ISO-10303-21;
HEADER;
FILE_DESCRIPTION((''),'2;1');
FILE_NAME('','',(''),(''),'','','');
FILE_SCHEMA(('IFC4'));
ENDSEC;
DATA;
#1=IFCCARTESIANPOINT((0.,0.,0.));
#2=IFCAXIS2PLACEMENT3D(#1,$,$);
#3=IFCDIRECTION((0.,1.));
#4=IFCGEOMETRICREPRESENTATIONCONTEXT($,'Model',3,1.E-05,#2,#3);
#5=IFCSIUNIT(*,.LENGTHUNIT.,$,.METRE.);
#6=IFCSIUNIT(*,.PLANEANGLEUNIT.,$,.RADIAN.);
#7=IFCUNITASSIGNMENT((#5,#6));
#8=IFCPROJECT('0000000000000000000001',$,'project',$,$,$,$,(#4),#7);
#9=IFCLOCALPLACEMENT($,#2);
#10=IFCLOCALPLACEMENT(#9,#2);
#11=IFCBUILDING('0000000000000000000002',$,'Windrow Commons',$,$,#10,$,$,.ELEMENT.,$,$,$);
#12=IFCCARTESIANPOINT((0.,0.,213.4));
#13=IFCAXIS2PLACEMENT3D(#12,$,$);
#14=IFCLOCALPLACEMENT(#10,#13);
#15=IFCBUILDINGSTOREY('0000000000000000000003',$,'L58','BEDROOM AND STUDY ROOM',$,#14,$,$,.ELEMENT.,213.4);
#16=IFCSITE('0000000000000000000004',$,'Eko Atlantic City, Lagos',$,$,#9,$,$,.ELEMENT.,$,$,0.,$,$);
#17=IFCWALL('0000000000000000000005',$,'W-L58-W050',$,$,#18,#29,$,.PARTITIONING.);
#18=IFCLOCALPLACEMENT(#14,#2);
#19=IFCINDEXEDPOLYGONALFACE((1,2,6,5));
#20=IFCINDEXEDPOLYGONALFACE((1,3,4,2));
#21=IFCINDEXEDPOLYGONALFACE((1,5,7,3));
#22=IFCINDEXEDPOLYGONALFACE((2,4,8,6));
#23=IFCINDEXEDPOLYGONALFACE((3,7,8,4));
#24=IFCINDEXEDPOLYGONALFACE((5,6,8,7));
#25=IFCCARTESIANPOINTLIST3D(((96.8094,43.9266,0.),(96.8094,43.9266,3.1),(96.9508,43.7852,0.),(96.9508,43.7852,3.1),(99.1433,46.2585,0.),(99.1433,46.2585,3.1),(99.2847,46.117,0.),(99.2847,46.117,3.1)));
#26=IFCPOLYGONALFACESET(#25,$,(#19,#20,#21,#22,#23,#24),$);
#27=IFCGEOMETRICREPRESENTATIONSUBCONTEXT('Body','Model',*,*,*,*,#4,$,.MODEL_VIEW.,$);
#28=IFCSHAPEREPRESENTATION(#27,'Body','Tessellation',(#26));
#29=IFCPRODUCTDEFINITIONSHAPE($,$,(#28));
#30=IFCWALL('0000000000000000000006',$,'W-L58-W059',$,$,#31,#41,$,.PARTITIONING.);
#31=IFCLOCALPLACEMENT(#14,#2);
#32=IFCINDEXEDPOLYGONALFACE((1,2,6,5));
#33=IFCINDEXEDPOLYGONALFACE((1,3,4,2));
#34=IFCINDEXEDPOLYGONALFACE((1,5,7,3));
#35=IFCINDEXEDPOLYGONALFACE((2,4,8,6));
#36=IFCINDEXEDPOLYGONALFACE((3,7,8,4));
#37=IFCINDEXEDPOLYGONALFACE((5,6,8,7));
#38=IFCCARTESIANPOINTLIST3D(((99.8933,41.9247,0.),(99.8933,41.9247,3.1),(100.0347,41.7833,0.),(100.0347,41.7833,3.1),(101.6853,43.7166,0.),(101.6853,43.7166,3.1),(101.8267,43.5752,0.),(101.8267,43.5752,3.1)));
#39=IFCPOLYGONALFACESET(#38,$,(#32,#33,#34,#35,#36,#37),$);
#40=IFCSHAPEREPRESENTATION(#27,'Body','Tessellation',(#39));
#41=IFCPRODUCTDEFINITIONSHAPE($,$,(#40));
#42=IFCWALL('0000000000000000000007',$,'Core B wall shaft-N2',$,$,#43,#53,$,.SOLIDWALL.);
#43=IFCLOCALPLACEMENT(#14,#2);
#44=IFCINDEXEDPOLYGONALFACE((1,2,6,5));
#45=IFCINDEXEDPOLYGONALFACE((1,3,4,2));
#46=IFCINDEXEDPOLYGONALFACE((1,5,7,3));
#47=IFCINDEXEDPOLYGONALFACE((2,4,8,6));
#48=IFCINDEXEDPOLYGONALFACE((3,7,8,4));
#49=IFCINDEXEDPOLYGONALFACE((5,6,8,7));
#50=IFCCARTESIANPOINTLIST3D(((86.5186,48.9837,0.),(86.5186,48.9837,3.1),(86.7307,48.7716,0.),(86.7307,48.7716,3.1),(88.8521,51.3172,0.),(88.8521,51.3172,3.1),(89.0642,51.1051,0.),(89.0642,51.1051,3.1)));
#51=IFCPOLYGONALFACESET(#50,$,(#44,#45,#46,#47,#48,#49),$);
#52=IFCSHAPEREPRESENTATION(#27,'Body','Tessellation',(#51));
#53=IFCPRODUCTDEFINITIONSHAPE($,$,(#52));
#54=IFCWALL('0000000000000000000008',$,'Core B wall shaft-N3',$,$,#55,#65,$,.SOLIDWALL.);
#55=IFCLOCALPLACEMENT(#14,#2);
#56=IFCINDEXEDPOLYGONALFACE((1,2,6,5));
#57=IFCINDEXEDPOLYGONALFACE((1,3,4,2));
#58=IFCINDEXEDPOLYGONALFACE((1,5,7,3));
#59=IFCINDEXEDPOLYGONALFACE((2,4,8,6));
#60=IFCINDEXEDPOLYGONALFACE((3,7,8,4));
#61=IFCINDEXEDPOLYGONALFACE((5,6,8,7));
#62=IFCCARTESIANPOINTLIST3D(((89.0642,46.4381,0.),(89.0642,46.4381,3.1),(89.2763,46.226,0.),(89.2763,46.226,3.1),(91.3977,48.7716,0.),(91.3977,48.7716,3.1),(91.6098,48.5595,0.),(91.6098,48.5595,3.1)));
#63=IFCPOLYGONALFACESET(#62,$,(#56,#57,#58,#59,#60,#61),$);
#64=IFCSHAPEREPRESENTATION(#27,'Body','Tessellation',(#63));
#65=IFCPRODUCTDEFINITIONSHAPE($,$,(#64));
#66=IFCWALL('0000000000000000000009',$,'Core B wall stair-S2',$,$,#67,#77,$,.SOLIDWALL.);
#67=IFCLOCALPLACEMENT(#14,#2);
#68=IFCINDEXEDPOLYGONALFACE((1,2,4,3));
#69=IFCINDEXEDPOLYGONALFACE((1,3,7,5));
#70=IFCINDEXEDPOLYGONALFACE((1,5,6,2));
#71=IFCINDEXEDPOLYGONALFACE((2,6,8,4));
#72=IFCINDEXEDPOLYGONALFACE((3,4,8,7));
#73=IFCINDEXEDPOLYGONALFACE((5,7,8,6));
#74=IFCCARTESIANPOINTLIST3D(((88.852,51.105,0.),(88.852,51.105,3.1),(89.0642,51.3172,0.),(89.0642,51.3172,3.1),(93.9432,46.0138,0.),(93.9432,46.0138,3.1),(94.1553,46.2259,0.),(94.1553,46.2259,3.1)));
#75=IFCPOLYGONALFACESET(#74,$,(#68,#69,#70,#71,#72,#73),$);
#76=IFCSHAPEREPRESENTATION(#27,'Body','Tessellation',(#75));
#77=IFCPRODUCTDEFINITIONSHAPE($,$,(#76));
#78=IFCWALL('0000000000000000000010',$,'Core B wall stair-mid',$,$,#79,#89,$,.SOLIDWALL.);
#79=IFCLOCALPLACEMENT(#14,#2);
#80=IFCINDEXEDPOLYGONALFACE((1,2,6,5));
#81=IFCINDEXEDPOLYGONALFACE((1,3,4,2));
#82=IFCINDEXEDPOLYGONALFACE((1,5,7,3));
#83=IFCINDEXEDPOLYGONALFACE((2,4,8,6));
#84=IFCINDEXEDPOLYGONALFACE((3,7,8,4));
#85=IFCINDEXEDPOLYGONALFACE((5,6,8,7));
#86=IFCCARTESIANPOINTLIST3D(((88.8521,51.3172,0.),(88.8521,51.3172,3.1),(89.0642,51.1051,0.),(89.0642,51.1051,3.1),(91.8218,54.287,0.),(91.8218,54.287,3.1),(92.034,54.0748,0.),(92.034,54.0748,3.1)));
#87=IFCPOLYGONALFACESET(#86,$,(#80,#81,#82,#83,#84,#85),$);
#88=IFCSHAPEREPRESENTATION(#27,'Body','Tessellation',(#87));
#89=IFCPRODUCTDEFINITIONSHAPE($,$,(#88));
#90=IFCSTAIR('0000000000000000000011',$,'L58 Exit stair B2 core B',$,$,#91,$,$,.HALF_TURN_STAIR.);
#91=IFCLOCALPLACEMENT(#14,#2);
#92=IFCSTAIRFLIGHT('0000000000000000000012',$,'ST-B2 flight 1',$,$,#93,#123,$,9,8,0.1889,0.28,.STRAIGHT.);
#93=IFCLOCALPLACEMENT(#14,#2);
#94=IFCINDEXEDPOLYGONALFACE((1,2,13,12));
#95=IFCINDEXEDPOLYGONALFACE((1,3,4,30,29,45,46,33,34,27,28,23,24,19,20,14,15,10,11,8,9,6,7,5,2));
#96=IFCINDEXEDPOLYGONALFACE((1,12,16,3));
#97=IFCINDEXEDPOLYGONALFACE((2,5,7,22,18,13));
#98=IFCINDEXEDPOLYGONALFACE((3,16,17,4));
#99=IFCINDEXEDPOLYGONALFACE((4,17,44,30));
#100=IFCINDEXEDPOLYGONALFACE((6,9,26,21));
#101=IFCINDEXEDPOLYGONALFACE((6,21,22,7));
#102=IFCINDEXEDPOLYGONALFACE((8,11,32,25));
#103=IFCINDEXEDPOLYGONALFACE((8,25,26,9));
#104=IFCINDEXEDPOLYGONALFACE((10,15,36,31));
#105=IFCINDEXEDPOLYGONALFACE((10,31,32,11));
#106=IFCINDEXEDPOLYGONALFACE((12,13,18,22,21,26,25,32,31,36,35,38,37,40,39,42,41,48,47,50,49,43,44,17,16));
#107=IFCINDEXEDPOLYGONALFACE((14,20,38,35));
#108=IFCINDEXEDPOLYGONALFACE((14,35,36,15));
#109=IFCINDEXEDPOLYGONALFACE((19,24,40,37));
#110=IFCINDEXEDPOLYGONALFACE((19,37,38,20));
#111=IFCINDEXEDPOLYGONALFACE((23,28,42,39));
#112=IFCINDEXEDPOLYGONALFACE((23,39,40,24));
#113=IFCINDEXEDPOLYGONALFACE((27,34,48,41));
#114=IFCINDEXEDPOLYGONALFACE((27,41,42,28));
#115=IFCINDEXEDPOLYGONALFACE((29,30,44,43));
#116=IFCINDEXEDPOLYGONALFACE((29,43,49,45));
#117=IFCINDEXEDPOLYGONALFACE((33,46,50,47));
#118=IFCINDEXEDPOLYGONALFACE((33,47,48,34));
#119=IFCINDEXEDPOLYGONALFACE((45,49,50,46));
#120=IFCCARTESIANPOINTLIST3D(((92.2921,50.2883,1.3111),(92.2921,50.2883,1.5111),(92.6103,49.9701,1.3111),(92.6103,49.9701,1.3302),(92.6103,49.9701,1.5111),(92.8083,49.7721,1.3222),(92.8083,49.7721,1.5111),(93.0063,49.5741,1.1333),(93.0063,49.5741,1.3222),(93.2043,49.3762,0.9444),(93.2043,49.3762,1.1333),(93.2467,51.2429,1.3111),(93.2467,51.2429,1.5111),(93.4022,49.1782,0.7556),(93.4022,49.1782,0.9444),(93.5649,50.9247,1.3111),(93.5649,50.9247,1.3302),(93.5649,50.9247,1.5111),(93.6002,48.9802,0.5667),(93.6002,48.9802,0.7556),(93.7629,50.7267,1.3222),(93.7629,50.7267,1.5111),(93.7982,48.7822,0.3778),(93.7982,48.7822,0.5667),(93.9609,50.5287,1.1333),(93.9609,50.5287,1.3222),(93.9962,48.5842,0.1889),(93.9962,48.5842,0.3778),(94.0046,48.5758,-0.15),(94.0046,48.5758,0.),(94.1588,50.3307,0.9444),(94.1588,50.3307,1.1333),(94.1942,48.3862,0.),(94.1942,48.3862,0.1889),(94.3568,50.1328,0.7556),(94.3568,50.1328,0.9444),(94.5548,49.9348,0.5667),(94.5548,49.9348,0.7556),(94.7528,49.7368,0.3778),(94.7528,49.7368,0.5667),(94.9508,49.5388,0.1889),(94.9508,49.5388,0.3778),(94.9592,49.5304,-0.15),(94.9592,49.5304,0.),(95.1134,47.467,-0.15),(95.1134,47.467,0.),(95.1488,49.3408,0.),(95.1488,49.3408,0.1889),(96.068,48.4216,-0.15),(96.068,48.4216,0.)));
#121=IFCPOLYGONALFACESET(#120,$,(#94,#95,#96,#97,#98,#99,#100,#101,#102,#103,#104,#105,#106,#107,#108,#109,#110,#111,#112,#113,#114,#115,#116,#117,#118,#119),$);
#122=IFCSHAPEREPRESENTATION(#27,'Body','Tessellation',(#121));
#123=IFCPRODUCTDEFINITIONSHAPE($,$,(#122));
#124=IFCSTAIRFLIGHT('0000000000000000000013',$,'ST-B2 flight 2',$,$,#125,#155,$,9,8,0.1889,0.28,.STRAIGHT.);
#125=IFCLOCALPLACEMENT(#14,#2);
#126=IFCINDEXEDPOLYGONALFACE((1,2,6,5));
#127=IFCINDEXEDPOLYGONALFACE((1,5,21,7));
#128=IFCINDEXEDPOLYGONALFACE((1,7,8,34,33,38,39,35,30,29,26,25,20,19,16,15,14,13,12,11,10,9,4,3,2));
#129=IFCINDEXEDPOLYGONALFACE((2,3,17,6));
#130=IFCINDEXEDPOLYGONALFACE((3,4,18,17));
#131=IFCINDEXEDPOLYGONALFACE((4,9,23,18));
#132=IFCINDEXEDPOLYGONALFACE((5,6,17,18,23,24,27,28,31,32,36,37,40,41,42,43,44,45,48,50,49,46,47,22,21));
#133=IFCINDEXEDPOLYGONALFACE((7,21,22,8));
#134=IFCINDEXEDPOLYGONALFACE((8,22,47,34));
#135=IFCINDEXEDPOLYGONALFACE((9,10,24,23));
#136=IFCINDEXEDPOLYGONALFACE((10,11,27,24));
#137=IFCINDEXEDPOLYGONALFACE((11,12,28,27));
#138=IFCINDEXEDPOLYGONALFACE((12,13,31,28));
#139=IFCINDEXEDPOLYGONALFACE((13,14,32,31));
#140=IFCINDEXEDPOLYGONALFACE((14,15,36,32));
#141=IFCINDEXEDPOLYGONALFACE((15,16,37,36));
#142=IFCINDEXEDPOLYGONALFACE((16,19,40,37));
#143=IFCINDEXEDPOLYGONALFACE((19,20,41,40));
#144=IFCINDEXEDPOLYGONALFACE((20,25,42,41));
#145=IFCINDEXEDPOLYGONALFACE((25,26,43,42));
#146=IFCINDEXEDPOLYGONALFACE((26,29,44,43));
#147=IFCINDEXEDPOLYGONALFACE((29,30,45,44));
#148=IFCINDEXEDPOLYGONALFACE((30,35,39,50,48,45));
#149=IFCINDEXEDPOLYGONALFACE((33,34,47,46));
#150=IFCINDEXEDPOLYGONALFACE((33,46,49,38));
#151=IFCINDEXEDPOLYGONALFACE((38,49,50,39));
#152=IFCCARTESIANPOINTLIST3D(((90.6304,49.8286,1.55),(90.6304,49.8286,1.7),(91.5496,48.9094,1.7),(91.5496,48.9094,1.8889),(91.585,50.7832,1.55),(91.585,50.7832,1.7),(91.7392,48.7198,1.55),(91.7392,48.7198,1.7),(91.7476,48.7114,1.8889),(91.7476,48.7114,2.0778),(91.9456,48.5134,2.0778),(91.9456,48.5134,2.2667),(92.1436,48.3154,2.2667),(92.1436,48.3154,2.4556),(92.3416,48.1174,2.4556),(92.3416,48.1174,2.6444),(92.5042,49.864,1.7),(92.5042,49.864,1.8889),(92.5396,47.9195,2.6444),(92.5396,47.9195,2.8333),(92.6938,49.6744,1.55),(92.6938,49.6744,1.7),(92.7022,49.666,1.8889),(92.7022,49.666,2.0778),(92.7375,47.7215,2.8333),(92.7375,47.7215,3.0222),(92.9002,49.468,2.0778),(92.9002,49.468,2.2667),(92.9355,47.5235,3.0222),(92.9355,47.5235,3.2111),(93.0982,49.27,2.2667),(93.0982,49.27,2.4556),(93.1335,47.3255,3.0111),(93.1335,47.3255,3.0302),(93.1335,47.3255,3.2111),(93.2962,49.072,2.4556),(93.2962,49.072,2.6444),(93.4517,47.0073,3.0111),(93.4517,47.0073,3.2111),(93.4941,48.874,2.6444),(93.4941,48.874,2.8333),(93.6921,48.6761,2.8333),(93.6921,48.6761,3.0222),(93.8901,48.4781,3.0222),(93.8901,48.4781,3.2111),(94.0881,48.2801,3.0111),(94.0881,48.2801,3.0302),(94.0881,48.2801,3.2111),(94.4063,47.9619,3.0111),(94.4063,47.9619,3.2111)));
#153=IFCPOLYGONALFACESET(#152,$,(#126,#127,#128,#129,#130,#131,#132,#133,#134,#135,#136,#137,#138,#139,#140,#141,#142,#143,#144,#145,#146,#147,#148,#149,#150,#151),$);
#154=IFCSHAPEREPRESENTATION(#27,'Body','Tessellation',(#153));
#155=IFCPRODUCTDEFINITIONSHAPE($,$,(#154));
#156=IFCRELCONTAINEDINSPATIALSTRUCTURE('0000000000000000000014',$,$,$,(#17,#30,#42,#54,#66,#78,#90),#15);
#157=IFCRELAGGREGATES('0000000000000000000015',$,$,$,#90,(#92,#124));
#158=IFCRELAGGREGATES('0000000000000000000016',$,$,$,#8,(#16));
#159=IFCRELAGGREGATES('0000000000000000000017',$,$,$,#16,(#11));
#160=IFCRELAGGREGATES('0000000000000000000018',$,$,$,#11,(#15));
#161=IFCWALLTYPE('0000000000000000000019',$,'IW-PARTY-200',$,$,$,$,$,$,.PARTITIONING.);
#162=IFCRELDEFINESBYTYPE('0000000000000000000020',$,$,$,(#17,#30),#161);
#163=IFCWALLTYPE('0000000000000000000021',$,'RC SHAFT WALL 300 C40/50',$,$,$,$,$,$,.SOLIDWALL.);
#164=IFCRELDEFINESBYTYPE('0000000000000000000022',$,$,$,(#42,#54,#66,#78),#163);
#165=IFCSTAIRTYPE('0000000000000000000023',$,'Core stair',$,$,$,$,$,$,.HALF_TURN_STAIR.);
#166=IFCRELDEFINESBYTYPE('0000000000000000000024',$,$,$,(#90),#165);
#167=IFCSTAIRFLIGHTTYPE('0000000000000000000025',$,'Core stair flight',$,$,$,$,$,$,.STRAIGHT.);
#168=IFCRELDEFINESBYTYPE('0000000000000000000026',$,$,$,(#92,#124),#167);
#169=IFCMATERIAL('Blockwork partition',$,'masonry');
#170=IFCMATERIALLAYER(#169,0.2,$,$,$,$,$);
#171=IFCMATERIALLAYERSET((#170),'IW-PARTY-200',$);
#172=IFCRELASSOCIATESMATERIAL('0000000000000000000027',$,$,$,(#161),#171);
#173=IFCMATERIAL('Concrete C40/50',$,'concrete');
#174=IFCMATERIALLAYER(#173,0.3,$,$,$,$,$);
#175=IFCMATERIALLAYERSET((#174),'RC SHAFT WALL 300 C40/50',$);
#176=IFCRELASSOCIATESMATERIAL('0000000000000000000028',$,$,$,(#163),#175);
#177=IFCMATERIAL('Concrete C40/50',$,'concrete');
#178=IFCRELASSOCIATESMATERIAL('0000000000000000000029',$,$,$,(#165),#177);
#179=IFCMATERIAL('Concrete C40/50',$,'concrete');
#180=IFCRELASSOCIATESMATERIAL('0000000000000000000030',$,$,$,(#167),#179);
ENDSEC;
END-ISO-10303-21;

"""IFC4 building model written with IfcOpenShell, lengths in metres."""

from ifc_helpers import new_model, si_unit, direction, frame, frame_2d, origin, place, context, subcontext, project, spatial, polyline, rectangle, outline, extrude, material, layer, layer_set, type_object, element, aggregate, save


model = new_model("IFC4")

# Units and contexts
model_context = context("Model", 3, precision=1e-05, world=origin(), true_north=direction((0.0, 1.0)))
body_context = subcontext(model_context, "Body", "Model", "MODEL_VIEW")
ifc_project = project(units=[si_unit("LENGTHUNIT", "METRE"), si_unit("PLANEANGLEUNIT", "RADIAN")], contexts=[model_context])

# Site, building, storey
site_placement = place(None, origin())
site = spatial("IfcSite", under=ifc_project, at=site_placement, Name="Eko Atlantic City, Lagos", CompositionType="ELEMENT", RefElevation=0.0)
building_placement = place(site_placement, origin())
building = spatial("IfcBuilding", under=site, at=building_placement, Name="Windrow Commons", CompositionType="ELEMENT")
storey_placement = place(building_placement, frame((0.0, 0.0, 213.4)))
storey = spatial("IfcBuildingStorey", under=building, at=storey_placement, Name="L58", Description="BEDROOM AND STUDY ROOM", CompositionType="ELEMENT", Elevation=213.4)

# Walls
ifc_material_1 = material(Name="Blockwork partition", Category="masonry")
ifc_layer_1 = layer(ifc_material_1, 0.2)
ifc_layer_set_1 = layer_set([ifc_layer_1], Name="IW-PARTY-200")
wall_type_1 = type_object("IfcWallType", Name="IW-PARTY-200", PredefinedType="PARTITIONING", material=ifc_layer_set_1)
wall_1_placement = place(storey_placement, frame((96.8801, 43.8559, 0.0), z_axis=(0.0, 0.0, 1.0), x_axis=(0.70741, 0.706804, 0.0)))
element("IfcWall", 1, at=wall_1_placement, inside=storey, type_object=wall_type_1, Name="W-L58-W050", PredefinedType="PARTITIONING", context=body_context, shape_type="SweptSolid", body=[
    extrude(rectangle(XDim=3.2992, YDim=0.2, at=frame_2d((1.6496, 0.0))), origin(), (0.0, 0.0, 1.0), 3.1),
])
wall_2_placement = place(storey_placement, frame((99.964, 41.854, 0.0), z_axis=(0.0, 0.0, 1.0), x_axis=(0.707127, 0.707087, 0.0)))
element("IfcWall", 2, at=wall_2_placement, inside=storey, type_object=wall_type_1, Name="W-L58-W059", PredefinedType="PARTITIONING", context=body_context, shape_type="SweptSolid", body=[
    extrude(rectangle(XDim=2.5341, YDim=0.2, at=frame_2d((1.2671, 0.0))), origin(), (0.0, 0.0, 1.0), 3.1),
])
ifc_material_2 = material(Name="Concrete C40/50", Category="concrete")
ifc_layer_2 = layer(ifc_material_2, 0.3)
ifc_layer_set_2 = layer_set([ifc_layer_2], Name="RC SHAFT WALL 300 C40/50")
wall_type_2 = type_object("IfcWallType", Name="RC SHAFT WALL 300 C40/50", PredefinedType="SOLIDWALL", material=ifc_layer_set_2)
for number, where, z_axis, x_axis, name in (
    (3, (86.6246, 48.8776, 0.0), (0.0, 0.0, 1.0), (0.707107, 0.707107, 0.0), "Core B wall shaft-N2"),
    (4, (89.1702, 46.332, 0.0), (0.0, 0.0, 1.0), (0.707107, 0.707107, 0.0), "Core B wall shaft-N3"),
):
    element("IfcWall", number, at=place(storey_placement, frame(where, z_axis=z_axis, x_axis=x_axis)), inside=storey, type_object=wall_type_2, Name=name, PredefinedType="SOLIDWALL", context=body_context, shape_type="SweptSolid", body=[
        extrude(rectangle(XDim=3.3001, YDim=0.3, at=frame_2d((1.6501, 0.0))), origin(), (0.0, 0.0, 1.0), 3.1),
    ])
wall_3_placement = place(storey_placement, frame((88.9581, 51.2111, 0.0), z_axis=(0.0, 0.0, 1.0), x_axis=(0.7071, -0.707114, 0.0)))
element("IfcWall", 5, at=wall_3_placement, inside=storey, type_object=wall_type_2, Name="Core B wall stair-S2", PredefinedType="SOLIDWALL", context=body_context, shape_type="SweptSolid", body=[
    extrude(rectangle(XDim=7.2, YDim=0.3, at=frame_2d((3.6, 0.0))), origin(), (0.0, 0.0, 1.0), 3.1),
])
wall_4_placement = place(storey_placement, frame((88.9581, 51.2111, 0.0), z_axis=(0.0, 0.0, 1.0), x_axis=(0.707107, 0.707107, 0.0)))
element("IfcWall", 6, at=wall_4_placement, inside=storey, type_object=wall_type_2, Name="Core B wall stair-mid", PredefinedType="SOLIDWALL", context=body_context, shape_type="SweptSolid", body=[
    extrude(rectangle(XDim=4.1999, YDim=0.3, at=frame_2d((2.1, 0.0))), origin(), (0.0, 0.0, 1.0), 3.1),
])

# Stair, stair flights
ifc_material_3 = material(Name="Concrete C40/50", Category="concrete")
stair_type = type_object("IfcStairType", Name="Core stair", PredefinedType="HALF_TURN_STAIR", material=ifc_material_3)
stair_placement = place(storey_placement, origin())
stair = element("IfcStair", 7, at=stair_placement, inside=storey, type_object=stair_type, Name="L58 Exit stair B2 core B", PredefinedType="HALF_TURN_STAIR")
ifc_material_4 = material(Name="Concrete C40/50", Category="concrete")
stair_flight_type = type_object("IfcStairFlightType", Name="Core stair flight", PredefinedType="STRAIGHT", material=ifc_material_4)
stair_flight_1_placement = place(storey_placement, frame((94.6715, 48.8635, 0.0), z_axis=(0.0, 0.0, 1.0), x_axis=(-0.707107, 0.707107, 0.0)))
stair_flight_1 = element("IfcStairFlight", 8, at=stair_flight_1_placement, type_object=stair_flight_type, Name="ST-B2 flight 1", NumberOfRisers=9, NumberOfTreads=8, PredefinedType="STRAIGHT", RiserHeight=0.1889, TreadLength=0.28, context=body_context, shape_type="SweptSolid", body=[
    extrude(outline(polyline([(-1.3, -0.15), (-1.3, 0.0), (0.0, 0.0), (0.0, 0.1889), (0.28, 0.1889), (0.28, 0.3778), (0.56, 0.3778), (0.56, 0.5667), (0.84, 0.5667), (0.84, 0.7556), (1.12, 0.7556), (1.12, 0.9444), (1.4, 0.9444), (1.4, 1.1333), (1.68, 1.1333), (1.68, 1.3222), (1.96, 1.3222), (1.96, 1.5111), (2.24, 1.5111), (2.69, 1.5111), (2.69, 1.3111), (2.24, 1.3111), (2.24, 1.3302), (0.2682, 0.0), (0.2682, -0.15), (-1.3, -0.15)])), frame((0.0, 0.675, 0.0), z_axis=(0.0, -1.0, 0.0), x_axis=(1.0, 0.0, 0.0)), (0.0, 0.0, 1.0), 1.35),
])
stair_flight_2_placement = place(storey_placement, frame((92.0269, 49.3867, 1.7), z_axis=(0.0, 0.0, 1.0), x_axis=(0.707107, -0.707107, 0.0)))
stair_flight_2 = element("IfcStairFlight", 9, at=stair_flight_2_placement, type_object=stair_flight_type, Name="ST-B2 flight 2", NumberOfRisers=9, NumberOfTreads=8, PredefinedType="STRAIGHT", RiserHeight=0.1889, TreadLength=0.28, context=body_context, shape_type="SweptSolid", body=[
    extrude(outline(polyline([(-1.3, -0.15), (-1.3, 0.0), (0.0, 0.0), (0.0, 0.1889), (0.28, 0.1889), (0.28, 0.3778), (0.56, 0.3778), (0.56, 0.5667), (0.84, 0.5667), (0.84, 0.7556), (1.12, 0.7556), (1.12, 0.9444), (1.4, 0.9444), (1.4, 1.1333), (1.68, 1.1333), (1.68, 1.3222), (1.96, 1.3222), (1.96, 1.5111), (2.24, 1.5111), (2.69, 1.5111), (2.69, 1.3111), (2.24, 1.3111), (2.24, 1.3302), (0.2682, 0.0), (0.2682, -0.15), (-1.3, -0.15)])), frame((0.0, 0.675, 0.0), z_axis=(0.0, -1.0, 0.0), x_axis=(1.0, 0.0, 0.0)), (0.0, 0.0, 1.0), 1.35),
])
aggregate(stair, [stair_flight_1, stair_flight_2])

save(model, "model.ifc")
